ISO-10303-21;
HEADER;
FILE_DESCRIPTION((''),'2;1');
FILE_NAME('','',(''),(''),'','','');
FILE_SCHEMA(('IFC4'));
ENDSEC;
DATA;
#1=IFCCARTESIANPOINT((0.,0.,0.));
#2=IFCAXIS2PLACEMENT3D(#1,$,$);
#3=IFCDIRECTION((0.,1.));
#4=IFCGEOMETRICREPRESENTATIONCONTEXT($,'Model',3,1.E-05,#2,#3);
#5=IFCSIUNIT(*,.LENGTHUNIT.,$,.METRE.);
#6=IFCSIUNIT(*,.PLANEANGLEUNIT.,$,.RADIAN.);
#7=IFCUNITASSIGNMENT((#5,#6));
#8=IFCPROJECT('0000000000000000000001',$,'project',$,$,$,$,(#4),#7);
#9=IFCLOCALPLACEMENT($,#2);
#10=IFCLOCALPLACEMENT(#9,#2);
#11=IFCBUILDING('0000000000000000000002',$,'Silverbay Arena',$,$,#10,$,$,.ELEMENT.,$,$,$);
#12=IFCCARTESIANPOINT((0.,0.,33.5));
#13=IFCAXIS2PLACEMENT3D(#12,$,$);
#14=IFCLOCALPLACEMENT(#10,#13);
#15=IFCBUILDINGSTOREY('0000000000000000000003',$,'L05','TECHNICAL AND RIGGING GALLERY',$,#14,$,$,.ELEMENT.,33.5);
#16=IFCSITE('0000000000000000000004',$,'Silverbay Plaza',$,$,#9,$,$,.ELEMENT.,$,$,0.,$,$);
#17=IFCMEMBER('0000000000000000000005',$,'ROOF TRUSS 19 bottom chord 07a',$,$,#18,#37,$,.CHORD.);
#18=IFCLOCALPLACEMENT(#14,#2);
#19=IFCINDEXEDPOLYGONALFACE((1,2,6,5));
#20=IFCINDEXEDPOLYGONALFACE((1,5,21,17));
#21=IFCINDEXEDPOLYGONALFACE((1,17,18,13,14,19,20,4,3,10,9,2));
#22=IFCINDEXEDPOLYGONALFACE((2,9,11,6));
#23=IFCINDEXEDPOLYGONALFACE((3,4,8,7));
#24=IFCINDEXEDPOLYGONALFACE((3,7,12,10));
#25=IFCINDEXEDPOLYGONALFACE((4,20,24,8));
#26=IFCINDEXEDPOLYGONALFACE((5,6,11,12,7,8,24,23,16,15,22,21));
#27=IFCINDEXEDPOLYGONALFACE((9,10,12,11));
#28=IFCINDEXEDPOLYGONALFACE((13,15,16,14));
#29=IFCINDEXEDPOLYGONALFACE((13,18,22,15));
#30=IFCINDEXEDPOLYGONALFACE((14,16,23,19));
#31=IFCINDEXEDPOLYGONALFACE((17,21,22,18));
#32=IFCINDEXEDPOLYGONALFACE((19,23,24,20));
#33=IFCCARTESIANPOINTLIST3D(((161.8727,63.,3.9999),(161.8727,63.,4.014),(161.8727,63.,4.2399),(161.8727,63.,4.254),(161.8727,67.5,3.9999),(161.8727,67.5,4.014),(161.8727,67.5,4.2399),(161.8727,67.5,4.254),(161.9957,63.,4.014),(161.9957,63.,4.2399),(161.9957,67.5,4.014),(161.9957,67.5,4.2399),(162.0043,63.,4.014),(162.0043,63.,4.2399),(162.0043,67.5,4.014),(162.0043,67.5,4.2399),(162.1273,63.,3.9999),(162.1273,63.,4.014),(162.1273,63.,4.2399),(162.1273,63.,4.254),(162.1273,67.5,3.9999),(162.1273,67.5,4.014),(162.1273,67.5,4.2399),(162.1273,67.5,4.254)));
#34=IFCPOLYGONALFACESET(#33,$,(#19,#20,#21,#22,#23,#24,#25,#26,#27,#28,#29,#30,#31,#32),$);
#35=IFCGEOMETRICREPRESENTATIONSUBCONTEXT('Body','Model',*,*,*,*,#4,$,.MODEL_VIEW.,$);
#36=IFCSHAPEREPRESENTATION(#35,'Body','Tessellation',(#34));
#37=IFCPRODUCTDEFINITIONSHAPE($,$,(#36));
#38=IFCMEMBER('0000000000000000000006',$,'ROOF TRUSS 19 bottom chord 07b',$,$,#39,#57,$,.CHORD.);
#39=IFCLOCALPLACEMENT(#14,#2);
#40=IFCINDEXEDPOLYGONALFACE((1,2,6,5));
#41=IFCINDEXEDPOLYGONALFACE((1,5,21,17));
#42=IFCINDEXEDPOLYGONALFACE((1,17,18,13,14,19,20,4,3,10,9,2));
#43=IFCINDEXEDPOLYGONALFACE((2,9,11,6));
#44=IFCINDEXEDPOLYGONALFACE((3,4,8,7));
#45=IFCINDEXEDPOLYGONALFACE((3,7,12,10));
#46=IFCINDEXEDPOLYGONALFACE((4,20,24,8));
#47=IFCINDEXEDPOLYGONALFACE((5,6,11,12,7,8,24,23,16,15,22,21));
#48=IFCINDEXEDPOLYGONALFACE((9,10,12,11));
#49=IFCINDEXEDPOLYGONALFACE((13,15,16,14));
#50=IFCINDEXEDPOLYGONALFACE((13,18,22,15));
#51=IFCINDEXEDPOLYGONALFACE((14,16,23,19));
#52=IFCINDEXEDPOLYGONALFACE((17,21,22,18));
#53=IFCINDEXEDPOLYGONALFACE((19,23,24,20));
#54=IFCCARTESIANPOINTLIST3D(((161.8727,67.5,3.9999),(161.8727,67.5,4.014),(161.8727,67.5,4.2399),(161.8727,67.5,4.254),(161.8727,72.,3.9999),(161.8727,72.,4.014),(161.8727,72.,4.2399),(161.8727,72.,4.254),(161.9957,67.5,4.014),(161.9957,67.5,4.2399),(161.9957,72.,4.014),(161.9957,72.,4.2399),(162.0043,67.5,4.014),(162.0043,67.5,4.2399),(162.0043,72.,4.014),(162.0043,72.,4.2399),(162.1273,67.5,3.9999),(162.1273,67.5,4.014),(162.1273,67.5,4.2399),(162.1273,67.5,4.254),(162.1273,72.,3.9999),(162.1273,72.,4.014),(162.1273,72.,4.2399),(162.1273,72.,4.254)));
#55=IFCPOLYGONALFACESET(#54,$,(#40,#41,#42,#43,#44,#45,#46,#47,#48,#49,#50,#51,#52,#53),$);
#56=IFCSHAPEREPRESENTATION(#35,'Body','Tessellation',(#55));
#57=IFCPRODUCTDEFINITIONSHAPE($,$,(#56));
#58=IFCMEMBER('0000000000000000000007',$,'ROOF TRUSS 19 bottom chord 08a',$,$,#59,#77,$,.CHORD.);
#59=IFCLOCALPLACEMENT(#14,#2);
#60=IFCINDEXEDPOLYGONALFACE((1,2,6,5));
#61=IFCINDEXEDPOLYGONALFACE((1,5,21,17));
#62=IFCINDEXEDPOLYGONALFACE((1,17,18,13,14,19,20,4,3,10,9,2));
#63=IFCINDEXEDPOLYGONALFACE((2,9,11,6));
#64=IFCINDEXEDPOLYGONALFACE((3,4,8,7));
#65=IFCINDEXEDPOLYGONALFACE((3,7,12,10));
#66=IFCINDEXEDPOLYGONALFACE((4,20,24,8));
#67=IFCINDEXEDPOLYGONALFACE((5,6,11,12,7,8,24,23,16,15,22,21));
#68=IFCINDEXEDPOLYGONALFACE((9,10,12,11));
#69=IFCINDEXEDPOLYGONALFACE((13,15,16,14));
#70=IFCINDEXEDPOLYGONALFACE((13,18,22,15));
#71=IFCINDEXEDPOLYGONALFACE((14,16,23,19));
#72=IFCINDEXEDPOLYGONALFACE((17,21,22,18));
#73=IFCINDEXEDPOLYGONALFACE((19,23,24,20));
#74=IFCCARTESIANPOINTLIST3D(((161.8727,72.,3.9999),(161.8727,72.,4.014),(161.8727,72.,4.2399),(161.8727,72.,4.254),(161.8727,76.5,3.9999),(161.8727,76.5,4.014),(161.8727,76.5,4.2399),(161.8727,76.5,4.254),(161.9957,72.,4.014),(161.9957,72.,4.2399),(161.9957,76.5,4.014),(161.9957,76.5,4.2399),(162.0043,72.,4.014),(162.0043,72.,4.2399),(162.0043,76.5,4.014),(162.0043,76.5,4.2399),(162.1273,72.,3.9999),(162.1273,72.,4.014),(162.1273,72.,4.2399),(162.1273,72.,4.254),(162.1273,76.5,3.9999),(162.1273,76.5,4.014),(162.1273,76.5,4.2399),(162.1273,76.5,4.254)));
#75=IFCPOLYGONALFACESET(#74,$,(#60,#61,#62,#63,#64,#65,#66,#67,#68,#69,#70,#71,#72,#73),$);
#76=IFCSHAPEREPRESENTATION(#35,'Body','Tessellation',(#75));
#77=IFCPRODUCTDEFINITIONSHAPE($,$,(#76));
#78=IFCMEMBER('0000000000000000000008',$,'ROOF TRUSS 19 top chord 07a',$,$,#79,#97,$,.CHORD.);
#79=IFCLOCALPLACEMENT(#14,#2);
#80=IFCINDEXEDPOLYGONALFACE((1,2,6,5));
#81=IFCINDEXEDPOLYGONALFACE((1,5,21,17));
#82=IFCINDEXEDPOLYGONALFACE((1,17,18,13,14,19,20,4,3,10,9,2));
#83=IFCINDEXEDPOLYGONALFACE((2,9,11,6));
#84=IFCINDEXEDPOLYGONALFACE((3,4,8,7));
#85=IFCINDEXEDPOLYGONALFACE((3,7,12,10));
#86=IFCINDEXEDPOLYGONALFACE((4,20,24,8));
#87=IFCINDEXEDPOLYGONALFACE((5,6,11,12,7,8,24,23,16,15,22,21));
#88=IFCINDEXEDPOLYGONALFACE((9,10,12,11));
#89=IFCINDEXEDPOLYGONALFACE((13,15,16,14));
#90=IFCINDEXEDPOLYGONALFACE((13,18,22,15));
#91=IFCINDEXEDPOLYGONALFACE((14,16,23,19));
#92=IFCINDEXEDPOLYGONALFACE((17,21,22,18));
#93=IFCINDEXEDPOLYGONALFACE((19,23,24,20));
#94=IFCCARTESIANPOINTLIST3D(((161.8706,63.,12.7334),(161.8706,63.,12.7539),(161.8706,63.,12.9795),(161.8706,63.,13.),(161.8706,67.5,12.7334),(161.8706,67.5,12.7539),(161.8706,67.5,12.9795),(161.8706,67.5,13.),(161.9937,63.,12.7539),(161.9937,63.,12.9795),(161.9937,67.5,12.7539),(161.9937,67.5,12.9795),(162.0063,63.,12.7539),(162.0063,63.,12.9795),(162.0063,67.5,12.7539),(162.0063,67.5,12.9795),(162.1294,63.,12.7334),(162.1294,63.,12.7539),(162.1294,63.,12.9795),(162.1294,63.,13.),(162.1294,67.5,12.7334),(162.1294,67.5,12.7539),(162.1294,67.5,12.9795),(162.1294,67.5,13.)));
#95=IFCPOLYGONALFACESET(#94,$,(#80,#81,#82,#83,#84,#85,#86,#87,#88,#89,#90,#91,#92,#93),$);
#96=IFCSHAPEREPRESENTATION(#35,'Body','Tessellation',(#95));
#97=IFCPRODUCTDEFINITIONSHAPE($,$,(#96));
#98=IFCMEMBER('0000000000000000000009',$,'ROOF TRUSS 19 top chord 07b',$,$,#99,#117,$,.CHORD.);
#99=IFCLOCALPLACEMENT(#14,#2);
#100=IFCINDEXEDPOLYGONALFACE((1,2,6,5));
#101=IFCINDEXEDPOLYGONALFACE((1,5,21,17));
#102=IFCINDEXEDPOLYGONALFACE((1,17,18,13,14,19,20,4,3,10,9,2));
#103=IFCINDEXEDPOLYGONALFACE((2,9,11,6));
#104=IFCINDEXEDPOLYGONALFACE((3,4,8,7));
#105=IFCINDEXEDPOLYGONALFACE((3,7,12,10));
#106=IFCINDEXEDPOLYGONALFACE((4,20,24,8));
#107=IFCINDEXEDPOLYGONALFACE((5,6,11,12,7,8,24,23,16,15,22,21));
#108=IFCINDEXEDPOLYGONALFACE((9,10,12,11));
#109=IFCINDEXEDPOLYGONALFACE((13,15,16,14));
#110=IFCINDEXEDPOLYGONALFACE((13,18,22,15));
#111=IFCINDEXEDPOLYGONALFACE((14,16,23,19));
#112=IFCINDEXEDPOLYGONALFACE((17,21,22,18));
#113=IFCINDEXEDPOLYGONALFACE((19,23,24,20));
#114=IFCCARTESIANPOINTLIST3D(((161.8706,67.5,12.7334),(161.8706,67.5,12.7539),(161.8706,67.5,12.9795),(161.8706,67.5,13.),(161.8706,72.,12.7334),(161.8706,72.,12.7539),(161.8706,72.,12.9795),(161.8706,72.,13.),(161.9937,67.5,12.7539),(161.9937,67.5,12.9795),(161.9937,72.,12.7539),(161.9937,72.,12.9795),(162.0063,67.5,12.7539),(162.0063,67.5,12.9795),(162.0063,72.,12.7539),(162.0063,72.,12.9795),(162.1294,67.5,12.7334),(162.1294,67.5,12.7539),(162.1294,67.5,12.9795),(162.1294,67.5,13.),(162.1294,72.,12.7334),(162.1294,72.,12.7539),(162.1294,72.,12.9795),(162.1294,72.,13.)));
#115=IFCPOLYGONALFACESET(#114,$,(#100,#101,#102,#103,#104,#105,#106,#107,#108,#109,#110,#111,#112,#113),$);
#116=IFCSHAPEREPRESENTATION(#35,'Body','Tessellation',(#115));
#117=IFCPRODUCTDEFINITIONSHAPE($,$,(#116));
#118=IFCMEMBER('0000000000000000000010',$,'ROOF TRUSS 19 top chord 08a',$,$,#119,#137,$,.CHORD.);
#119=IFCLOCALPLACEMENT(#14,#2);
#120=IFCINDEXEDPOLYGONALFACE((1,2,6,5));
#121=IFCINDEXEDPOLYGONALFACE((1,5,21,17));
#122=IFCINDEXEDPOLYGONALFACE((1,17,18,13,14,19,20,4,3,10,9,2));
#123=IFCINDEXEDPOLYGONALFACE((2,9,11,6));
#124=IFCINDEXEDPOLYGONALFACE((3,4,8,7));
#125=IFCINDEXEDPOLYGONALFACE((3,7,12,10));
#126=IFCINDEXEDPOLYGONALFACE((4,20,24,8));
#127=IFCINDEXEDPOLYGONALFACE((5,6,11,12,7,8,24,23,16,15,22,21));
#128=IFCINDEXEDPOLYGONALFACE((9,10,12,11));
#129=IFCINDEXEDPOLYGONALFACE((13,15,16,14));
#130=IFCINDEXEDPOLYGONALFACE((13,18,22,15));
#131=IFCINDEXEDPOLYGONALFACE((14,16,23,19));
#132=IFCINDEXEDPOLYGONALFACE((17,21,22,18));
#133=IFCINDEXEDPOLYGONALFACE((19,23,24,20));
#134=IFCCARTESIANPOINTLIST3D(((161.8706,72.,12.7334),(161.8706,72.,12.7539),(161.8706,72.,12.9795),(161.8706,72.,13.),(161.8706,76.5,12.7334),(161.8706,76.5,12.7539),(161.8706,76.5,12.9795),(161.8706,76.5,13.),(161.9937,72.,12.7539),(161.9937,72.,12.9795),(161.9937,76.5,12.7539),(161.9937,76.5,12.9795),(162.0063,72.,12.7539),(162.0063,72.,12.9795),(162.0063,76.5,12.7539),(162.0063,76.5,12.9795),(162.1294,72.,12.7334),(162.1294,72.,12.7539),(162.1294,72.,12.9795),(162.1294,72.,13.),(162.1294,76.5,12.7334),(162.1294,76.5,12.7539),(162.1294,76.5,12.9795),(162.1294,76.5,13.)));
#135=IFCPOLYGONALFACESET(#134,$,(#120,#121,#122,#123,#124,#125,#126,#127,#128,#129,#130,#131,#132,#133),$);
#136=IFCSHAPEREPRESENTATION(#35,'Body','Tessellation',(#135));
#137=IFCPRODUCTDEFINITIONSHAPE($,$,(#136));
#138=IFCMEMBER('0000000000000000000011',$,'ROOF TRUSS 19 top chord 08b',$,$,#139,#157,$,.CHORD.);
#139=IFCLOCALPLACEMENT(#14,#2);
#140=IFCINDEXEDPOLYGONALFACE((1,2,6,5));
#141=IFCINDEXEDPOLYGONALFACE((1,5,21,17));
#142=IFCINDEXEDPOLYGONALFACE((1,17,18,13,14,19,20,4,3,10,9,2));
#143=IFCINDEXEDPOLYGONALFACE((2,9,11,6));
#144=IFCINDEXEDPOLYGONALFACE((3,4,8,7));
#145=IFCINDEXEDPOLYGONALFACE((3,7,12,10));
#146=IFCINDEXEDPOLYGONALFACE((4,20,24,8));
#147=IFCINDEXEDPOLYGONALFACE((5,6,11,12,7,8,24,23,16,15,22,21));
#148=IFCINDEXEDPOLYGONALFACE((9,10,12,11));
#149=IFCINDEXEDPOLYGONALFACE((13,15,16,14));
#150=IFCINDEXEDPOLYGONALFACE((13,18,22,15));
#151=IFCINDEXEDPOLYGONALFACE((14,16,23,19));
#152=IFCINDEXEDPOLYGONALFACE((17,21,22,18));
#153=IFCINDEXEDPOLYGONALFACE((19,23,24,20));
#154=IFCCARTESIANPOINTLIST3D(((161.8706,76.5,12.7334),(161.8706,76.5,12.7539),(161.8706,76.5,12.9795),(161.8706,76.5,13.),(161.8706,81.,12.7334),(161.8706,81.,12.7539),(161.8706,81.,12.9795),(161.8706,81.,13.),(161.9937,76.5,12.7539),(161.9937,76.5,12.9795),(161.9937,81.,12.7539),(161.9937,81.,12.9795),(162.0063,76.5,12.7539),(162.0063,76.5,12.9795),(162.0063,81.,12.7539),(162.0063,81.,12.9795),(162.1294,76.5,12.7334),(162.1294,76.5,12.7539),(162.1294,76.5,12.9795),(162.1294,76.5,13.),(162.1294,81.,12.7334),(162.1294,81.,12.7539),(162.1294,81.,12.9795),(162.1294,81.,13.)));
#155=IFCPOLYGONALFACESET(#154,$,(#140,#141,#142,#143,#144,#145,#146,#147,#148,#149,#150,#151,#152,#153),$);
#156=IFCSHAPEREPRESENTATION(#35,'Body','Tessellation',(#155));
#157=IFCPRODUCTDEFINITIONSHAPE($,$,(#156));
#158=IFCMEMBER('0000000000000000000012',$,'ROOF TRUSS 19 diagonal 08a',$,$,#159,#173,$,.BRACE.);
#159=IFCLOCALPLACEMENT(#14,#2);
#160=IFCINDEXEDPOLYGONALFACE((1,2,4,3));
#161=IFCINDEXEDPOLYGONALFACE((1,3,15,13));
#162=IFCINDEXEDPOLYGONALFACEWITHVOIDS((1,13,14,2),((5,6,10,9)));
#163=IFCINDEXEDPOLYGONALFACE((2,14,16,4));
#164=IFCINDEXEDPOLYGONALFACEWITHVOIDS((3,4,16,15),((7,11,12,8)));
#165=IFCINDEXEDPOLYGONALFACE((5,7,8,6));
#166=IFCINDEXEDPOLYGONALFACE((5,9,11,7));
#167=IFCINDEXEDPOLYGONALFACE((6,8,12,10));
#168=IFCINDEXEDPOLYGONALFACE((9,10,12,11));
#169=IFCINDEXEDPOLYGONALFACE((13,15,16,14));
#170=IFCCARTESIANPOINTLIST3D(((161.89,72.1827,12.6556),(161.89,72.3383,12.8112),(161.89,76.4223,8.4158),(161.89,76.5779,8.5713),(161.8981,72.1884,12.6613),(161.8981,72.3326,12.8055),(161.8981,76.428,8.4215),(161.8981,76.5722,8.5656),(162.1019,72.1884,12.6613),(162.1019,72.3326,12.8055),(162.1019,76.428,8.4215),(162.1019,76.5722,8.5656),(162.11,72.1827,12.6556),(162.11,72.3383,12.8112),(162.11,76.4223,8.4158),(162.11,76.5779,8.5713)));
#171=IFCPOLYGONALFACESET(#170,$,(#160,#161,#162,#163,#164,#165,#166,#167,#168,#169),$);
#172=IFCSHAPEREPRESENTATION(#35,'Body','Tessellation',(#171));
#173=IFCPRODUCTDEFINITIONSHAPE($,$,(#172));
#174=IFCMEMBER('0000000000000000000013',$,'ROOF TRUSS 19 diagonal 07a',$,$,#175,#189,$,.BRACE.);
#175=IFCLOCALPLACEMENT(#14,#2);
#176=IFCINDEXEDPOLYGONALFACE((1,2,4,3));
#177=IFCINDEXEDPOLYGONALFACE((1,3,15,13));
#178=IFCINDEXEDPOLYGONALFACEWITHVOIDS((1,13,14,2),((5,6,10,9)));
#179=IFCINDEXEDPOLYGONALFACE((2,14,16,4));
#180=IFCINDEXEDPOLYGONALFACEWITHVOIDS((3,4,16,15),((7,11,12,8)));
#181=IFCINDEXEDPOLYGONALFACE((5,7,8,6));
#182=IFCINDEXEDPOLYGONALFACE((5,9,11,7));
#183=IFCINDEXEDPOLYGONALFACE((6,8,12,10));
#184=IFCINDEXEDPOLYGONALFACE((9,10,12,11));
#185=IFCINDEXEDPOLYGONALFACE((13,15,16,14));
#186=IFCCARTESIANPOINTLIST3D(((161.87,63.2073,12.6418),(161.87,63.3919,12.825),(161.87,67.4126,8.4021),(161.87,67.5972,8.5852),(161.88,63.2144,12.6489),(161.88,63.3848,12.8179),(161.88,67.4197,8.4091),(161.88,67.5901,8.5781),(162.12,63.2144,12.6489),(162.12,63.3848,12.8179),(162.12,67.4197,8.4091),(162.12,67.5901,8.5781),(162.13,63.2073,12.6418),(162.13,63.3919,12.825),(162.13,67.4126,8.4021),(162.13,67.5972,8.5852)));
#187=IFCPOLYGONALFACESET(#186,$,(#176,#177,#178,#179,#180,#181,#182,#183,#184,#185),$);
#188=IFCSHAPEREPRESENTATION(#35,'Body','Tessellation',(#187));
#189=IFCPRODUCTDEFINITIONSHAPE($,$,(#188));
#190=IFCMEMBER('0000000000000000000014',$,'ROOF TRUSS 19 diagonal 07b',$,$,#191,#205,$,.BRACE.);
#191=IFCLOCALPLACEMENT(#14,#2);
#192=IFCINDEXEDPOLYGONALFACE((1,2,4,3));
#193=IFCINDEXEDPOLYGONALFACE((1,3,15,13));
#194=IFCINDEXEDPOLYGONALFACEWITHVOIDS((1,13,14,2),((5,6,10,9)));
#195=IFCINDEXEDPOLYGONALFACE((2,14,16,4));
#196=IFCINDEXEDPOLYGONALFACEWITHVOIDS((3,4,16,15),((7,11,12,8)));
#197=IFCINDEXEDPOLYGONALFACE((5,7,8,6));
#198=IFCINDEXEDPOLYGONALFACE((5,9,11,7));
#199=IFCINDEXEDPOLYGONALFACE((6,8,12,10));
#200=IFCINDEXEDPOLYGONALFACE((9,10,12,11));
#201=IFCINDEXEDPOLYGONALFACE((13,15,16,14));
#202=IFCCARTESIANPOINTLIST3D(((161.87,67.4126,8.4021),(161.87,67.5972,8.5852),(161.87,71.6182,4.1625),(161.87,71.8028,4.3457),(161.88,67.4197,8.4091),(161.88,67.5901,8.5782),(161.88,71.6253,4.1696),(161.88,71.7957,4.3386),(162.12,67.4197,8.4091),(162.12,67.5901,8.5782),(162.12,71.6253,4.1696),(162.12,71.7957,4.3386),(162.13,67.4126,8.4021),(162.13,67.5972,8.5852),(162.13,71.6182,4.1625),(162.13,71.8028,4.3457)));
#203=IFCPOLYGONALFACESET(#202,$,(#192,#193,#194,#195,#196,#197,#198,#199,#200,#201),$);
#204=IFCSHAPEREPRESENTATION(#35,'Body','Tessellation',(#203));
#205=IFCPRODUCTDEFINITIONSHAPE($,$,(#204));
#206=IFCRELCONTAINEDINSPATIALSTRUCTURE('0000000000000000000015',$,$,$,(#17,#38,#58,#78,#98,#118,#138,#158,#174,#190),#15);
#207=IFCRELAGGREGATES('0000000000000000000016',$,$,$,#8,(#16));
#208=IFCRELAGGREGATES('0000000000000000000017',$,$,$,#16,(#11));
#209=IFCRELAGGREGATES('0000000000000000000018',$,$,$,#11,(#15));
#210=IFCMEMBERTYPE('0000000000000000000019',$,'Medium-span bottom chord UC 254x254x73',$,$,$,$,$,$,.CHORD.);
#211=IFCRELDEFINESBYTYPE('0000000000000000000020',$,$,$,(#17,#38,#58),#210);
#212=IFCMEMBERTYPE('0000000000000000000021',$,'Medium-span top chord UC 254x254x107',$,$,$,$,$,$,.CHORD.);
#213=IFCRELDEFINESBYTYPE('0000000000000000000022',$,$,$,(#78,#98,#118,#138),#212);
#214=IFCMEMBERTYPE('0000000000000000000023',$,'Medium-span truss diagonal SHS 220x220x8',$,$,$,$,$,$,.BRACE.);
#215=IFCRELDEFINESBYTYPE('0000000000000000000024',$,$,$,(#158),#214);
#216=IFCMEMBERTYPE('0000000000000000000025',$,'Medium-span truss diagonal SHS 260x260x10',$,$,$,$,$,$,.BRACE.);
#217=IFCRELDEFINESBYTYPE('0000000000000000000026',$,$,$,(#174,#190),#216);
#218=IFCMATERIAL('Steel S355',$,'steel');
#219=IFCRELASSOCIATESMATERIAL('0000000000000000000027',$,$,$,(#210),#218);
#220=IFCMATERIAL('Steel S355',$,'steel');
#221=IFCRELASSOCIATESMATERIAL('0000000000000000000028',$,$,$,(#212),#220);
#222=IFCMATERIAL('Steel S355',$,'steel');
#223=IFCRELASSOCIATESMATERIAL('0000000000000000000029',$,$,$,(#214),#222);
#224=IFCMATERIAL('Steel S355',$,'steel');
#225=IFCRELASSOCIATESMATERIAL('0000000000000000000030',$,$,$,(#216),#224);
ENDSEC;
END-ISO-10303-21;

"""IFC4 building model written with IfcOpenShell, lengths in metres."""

from ifc_helpers import new_model, si_unit, direction, frame, origin, origin_2d, place, context, subcontext, project, spatial, hollow_rectangle, i_section, extrude, material, material_profile, profile_set, type_object, element, save


model = new_model("IFC4")

# Units and contexts
model_context = context("Model", 3, precision=1e-05, world=origin(), true_north=direction((0.0, 1.0)))
body_context = subcontext(model_context, "Body", "Model", "MODEL_VIEW")
ifc_project = project(units=[si_unit("LENGTHUNIT", "METRE"), si_unit("PLANEANGLEUNIT", "RADIAN")], contexts=[model_context])

# Site, building, storey
site_placement = place(None, origin())
site = spatial("IfcSite", under=ifc_project, at=site_placement, Name="Silverbay Plaza", CompositionType="ELEMENT", RefElevation=0.0)
building_placement = place(site_placement, origin())
building = spatial("IfcBuilding", under=site, at=building_placement, Name="Silverbay Arena", CompositionType="ELEMENT")
storey_placement = place(building_placement, frame((0.0, 0.0, 33.5)))
storey = spatial("IfcBuildingStorey", under=building, at=storey_placement, Name="L05", Description="TECHNICAL AND RIGGING GALLERY", CompositionType="ELEMENT", Elevation=33.5)

# Members
ifc_material_1 = material(Name="Steel S355", Category="steel")
ifc_material_profile_1 = material_profile(ifc_material_1, i_section(OverallWidth=0.2546, OverallDepth=0.2542, WebThickness=0.0085, FlangeThickness=0.0142, at=origin_2d()), Name="UC 254x254x73")
ifc_profile_set_1 = profile_set([ifc_material_profile_1], Name="Steel S355")
member_type_1 = type_object("IfcMemberType", Name="Medium-span bottom chord UC 254x254x73", PredefinedType="CHORD", material=ifc_profile_set_1)
for number, where, z_axis, x_axis, name in (
    (1, (162.0, 63.0, 4.127), (0.0, 1.0, 0.0), (-1.0, 0.0, 0.0), "ROOF TRUSS 19 bottom chord 07a"),
    (2, (162.0, 67.5, 4.127), (0.0, 1.0, 0.0), (-1.0, 0.0, 0.0), "ROOF TRUSS 19 bottom chord 07b"),
    (3, (162.0, 72.0, 4.127), (0.0, 1.0, 0.0), (-1.0, 0.0, 0.0), "ROOF TRUSS 19 bottom chord 08a"),
):
    element("IfcMember", number, at=place(storey_placement, frame(where, z_axis=z_axis, x_axis=x_axis)), inside=storey, type_object=member_type_1, Name=name, PredefinedType="CHORD", context=body_context, shape_type="SweptSolid", body=[
        extrude(i_section(OverallWidth=0.2546, OverallDepth=0.2542, WebThickness=0.0085, FlangeThickness=0.0142, at=origin_2d()), origin(), (0.0, 0.0, 1.0), 4.5),
    ])
ifc_material_2 = material(Name="Steel S355", Category="steel")
ifc_material_profile_2 = material_profile(ifc_material_2, i_section(OverallWidth=0.2588, OverallDepth=0.2666, WebThickness=0.0127, FlangeThickness=0.0205, at=origin_2d()), Name="UC 254x254x107")
ifc_profile_set_2 = profile_set([ifc_material_profile_2], Name="Steel S355")
member_type_2 = type_object("IfcMemberType", Name="Medium-span top chord UC 254x254x107", PredefinedType="CHORD", material=ifc_profile_set_2)
for number, where, z_axis, x_axis, name in (
    (4, (162.0, 63.0, 12.8667), (0.0, 1.0, 0.0), (-1.0, 0.0, 0.0), "ROOF TRUSS 19 top chord 07a"),
    (5, (162.0, 67.5, 12.8667), (0.0, 1.0, 0.0), (-1.0, 0.0, 0.0), "ROOF TRUSS 19 top chord 07b"),
    (6, (162.0, 72.0, 12.8667), (0.0, 1.0, 0.0), (-1.0, 0.0, 0.0), "ROOF TRUSS 19 top chord 08a"),
    (7, (162.0, 76.5, 12.8667), (0.0, 1.0, 0.0), (-1.0, 0.0, 0.0), "ROOF TRUSS 19 top chord 08b"),
):
    element("IfcMember", number, at=place(storey_placement, frame(where, z_axis=z_axis, x_axis=x_axis)), inside=storey, type_object=member_type_2, Name=name, PredefinedType="CHORD", context=body_context, shape_type="SweptSolid", body=[
        extrude(i_section(OverallWidth=0.2588, OverallDepth=0.2666, WebThickness=0.0127, FlangeThickness=0.0205, at=origin_2d()), origin(), (0.0, 0.0, 1.0), 4.5),
    ])
ifc_material_3 = material(Name="Steel S355", Category="steel")
ifc_material_profile_3 = material_profile(ifc_material_3, hollow_rectangle(XDim=0.22, YDim=0.22, WallThickness=0.0081, at=origin_2d()), Name="SHS 220x220x8")
ifc_profile_set_3 = profile_set([ifc_material_profile_3], Name="Steel S355")
member_type_3 = type_object("IfcMemberType", Name="Medium-span truss diagonal SHS 220x220x8", PredefinedType="BRACE", material=ifc_profile_set_3)
member_1_placement = place(storey_placement, frame((162.0, 72.2605, 12.7334), z_axis=(0.0, 0.707086, -0.707127), x_axis=(-1.0, 0.0, 0.0)))
element("IfcMember", 8, at=member_1_placement, inside=storey, type_object=member_type_3, Name="ROOF TRUSS 19 diagonal 08a", PredefinedType="BRACE", context=body_context, shape_type="SweptSolid", body=[
    extrude(hollow_rectangle(XDim=0.22, YDim=0.22, WallThickness=0.0081, at=origin_2d()), origin(), (0.0, 0.0, 1.0), 5.9958),
])
ifc_material_4 = material(Name="Steel S355", Category="steel")
ifc_material_profile_4 = material_profile(ifc_material_4, hollow_rectangle(XDim=0.26, YDim=0.26, WallThickness=0.01, at=origin_2d()), Name="SHS 260x260x10")
ifc_profile_set_4 = profile_set([ifc_material_profile_4], Name="Steel S355")
member_type_4 = type_object("IfcMemberType", Name="Medium-span truss diagonal SHS 260x260x10", PredefinedType="BRACE", material=ifc_profile_set_4)
for number, where, z_axis, x_axis, name in (
    (9, (162.0, 63.2996, 12.7334), (0.0, 0.704219, -0.709983), (-1.0, 0.0, 0.0), "ROOF TRUSS 19 diagonal 07a"),
    (10, (162.0, 67.5049, 8.4937), (0.0, 0.70426, -0.709942), (-1.0, 0.0, 0.0), "ROOF TRUSS 19 diagonal 07b"),
):
    element("IfcMember", number, at=place(storey_placement, frame(where, z_axis=z_axis, x_axis=x_axis)), inside=storey, type_object=member_type_4, Name=name, PredefinedType="BRACE", context=body_context, shape_type="SweptSolid", body=[
        extrude(hollow_rectangle(XDim=0.26, YDim=0.26, WallThickness=0.01, at=origin_2d()), origin(), (0.0, 0.0, 1.0), 5.9717),
    ])

save(model, "model.ifc")
